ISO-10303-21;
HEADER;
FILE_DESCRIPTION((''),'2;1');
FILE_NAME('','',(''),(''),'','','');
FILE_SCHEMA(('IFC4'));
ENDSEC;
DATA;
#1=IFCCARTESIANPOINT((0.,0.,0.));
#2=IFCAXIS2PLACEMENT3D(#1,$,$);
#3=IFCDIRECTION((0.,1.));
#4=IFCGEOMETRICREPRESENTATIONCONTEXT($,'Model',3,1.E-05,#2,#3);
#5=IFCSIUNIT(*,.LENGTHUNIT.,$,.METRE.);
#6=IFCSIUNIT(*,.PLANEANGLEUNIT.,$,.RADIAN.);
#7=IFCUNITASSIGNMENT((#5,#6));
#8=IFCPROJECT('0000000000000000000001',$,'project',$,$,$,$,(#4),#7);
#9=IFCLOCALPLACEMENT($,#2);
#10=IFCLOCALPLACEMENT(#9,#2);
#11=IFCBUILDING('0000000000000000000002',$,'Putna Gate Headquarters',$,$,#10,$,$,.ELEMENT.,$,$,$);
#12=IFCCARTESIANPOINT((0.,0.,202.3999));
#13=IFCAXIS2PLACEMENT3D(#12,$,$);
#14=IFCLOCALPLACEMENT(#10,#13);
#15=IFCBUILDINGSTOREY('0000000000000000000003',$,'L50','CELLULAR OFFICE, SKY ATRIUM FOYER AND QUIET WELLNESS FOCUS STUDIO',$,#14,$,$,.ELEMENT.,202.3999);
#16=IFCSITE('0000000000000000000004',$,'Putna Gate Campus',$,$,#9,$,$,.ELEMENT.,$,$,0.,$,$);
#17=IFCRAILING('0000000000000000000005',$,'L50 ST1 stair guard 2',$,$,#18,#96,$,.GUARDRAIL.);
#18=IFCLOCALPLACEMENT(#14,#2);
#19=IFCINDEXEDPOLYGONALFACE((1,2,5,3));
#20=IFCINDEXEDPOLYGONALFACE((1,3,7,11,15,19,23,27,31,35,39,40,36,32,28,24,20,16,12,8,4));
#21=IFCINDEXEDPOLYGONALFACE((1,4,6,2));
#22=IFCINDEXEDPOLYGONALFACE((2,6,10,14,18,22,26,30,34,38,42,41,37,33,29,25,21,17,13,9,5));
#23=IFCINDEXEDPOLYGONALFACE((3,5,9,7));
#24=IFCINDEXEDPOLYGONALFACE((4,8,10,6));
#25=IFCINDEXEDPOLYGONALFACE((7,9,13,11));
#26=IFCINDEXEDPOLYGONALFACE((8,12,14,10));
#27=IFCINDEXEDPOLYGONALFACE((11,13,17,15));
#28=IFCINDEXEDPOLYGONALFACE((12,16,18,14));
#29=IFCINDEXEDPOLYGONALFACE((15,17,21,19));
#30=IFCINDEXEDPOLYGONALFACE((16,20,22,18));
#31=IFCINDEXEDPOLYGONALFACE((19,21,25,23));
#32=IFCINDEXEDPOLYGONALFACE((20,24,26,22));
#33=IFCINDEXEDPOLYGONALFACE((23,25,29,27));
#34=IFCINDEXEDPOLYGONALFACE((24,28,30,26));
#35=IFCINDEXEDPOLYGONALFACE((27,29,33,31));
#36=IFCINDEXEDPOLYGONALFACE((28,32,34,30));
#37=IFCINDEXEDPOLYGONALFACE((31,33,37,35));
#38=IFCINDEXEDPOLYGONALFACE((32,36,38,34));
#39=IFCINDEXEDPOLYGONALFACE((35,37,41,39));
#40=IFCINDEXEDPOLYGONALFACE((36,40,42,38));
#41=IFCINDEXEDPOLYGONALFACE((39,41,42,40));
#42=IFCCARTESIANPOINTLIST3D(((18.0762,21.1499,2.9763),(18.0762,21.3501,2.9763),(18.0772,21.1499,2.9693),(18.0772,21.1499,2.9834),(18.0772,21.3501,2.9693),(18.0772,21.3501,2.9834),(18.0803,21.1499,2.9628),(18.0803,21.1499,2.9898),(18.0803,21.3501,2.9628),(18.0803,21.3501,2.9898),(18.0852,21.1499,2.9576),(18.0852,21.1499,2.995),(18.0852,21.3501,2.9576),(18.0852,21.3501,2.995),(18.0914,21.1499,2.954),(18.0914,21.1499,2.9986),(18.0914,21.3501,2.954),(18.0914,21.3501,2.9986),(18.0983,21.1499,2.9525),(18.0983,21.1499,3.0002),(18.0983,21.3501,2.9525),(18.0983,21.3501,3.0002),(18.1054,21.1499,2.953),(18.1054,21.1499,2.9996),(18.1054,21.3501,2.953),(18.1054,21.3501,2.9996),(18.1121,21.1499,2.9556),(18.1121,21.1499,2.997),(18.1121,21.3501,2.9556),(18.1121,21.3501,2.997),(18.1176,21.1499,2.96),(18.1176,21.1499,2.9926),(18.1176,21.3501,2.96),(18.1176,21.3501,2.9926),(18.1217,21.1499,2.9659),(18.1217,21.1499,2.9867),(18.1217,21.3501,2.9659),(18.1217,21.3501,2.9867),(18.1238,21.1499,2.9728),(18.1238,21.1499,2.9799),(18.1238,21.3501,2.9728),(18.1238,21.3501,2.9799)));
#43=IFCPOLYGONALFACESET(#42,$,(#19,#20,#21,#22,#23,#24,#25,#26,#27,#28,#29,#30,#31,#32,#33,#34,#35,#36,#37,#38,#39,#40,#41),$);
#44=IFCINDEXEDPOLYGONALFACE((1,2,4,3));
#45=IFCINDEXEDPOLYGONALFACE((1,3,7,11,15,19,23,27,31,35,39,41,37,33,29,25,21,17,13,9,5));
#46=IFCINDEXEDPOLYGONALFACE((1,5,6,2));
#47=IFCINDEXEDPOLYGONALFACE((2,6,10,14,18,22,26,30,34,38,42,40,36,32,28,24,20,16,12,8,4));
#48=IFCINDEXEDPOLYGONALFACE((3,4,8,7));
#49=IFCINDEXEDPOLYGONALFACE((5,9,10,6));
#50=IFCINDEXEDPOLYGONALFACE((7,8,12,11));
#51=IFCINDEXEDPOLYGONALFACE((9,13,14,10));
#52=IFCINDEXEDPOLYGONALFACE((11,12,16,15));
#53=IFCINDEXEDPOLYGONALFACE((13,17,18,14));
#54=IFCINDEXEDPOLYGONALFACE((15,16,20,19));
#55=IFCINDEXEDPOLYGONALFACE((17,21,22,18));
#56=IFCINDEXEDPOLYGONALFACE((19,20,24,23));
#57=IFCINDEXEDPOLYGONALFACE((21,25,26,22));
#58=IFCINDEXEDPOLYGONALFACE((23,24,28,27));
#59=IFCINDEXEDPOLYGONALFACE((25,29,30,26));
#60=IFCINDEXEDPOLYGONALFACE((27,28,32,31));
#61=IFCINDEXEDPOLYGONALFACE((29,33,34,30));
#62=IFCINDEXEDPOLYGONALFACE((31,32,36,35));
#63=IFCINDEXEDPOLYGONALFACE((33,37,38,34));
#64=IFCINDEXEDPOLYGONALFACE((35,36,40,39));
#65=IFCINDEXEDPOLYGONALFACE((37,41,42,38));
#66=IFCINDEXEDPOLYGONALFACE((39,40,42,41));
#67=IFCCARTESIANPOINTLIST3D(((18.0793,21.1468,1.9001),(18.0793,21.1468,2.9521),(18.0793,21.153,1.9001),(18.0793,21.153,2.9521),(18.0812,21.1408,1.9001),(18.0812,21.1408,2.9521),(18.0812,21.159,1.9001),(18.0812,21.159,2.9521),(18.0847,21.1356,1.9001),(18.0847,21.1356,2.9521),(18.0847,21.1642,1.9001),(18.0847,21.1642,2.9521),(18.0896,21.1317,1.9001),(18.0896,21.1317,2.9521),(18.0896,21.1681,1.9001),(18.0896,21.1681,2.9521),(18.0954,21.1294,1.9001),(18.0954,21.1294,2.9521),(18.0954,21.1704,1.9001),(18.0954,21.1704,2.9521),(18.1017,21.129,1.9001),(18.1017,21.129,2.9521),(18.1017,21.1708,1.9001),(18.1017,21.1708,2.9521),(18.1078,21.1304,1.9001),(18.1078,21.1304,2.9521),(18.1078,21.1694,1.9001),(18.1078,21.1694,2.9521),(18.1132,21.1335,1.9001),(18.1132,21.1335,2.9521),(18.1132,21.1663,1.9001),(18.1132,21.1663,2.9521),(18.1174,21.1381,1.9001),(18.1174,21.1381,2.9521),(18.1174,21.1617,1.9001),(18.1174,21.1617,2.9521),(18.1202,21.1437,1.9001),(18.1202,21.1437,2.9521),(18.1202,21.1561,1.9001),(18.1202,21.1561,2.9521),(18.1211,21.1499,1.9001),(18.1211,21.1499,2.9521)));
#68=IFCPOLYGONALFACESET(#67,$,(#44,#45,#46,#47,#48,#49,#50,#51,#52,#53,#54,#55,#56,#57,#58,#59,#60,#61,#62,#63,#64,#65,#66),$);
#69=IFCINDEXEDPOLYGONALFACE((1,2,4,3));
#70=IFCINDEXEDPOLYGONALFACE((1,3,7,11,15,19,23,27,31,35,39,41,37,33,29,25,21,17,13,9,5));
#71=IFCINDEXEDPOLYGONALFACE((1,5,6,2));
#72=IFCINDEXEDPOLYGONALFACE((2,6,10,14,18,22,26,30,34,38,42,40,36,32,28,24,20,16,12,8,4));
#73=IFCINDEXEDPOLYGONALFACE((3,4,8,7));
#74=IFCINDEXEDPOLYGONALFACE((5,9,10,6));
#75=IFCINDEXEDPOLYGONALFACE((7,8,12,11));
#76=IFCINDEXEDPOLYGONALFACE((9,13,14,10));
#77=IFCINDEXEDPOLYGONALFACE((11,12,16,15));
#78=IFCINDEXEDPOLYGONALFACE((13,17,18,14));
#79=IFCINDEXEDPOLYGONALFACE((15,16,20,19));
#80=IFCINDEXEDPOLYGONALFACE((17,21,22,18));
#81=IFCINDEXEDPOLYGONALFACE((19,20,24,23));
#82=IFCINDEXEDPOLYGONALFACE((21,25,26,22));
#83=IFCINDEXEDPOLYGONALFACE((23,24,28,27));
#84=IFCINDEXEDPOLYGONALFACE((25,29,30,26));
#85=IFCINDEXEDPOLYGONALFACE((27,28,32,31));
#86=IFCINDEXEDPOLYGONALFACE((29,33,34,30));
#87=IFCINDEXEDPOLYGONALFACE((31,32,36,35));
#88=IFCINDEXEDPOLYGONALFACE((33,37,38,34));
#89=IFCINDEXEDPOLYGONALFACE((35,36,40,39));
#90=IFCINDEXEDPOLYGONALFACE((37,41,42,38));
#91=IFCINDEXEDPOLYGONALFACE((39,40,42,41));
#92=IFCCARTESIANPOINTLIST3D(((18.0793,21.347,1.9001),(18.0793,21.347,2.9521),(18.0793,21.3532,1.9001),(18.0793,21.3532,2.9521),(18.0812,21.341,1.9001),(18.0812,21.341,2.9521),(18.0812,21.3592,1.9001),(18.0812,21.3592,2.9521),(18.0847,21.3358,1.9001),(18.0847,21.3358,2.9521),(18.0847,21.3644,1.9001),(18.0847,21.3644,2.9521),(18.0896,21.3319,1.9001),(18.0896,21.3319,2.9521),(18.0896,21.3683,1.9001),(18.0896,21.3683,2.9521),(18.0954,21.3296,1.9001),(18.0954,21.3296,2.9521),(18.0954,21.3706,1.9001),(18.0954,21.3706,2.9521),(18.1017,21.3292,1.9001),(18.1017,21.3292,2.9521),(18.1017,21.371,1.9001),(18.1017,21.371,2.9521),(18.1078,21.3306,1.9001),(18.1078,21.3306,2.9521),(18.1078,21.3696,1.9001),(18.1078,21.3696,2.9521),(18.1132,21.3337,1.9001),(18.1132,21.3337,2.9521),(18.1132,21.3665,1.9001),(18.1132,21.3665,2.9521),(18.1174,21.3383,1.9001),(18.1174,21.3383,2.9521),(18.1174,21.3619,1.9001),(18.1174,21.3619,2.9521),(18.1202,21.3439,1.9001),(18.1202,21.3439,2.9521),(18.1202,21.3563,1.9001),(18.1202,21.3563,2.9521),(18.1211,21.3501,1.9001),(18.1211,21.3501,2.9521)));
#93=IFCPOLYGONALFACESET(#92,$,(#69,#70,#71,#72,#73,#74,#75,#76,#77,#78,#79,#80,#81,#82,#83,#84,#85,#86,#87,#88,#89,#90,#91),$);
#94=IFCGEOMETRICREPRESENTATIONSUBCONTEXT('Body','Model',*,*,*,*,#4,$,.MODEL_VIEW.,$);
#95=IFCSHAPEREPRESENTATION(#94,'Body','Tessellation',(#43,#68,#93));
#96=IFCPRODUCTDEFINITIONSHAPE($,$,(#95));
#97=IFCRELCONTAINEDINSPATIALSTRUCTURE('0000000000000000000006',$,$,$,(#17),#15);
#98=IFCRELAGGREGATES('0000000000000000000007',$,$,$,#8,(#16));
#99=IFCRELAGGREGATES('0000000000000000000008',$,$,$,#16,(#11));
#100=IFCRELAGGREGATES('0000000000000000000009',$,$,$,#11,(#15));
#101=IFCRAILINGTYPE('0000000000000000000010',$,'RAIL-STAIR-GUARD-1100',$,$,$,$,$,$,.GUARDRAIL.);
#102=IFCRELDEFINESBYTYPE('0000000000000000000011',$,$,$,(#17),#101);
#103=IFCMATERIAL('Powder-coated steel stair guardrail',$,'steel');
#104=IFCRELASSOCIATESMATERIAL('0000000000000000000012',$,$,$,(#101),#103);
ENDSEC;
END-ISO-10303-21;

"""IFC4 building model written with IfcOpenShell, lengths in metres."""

from ifc_helpers import new_model, si_unit, direction, frame, origin, origin_2d, place, context, subcontext, project, spatial, circle, extrude, material, type_object, element, save


model = new_model("IFC4")

# Units and contexts
model_context = context("Model", 3, precision=1e-05, world=origin(), true_north=direction((0.0, 1.0)))
body_context = subcontext(model_context, "Body", "Model", "MODEL_VIEW")
ifc_project = project(units=[si_unit("LENGTHUNIT", "METRE"), si_unit("PLANEANGLEUNIT", "RADIAN")], contexts=[model_context])

# Site, building, storey
site_placement = place(None, origin())
site = spatial("IfcSite", under=ifc_project, at=site_placement, Name="Putna Gate Campus", CompositionType="ELEMENT", RefElevation=0.0)
building_placement = place(site_placement, origin())
building = spatial("IfcBuilding", under=site, at=building_placement, Name="Putna Gate Headquarters", CompositionType="ELEMENT")
storey_placement = place(building_placement, frame((0.0, 0.0, 202.3999)))
storey = spatial("IfcBuildingStorey", under=building, at=storey_placement, Name="L50", Description="CELLULAR OFFICE, SKY ATRIUM FOYER AND QUIET WELLNESS FOCUS STUDIO", CompositionType="ELEMENT", Elevation=202.3999)

# Railing
ifc_material_1 = material(Name="Powder-coated steel stair guardrail", Category="steel")
railing_type_1 = type_object("IfcRailingType", Name="RAIL-STAIR-GUARD-1100", PredefinedType="GUARDRAIL", material=ifc_material_1)
railing_1_placement = place(storey_placement, frame((18.1001, 21.1499, 1.9001)))
element("IfcRailing", 1, at=railing_1_placement, inside=storey, type_object=railing_type_1, Name="L50 ST1 stair guard 2", PredefinedType="GUARDRAIL", context=body_context, shape_type="SweptSolid", body=[
    extrude(circle(Radius=0.0239, at=origin_2d()), frame((0.0, 0.0, 1.0762), z_axis=(0.0, 1.0, 0.0), x_axis=(-1.0, 0.0, 0.0)), (0.0, 0.0, 1.0), 0.2002),
    extrude(circle(Radius=0.021, at=origin_2d()), origin(), (0.0, 0.0, 1.0), 1.052),
    extrude(circle(Radius=0.021, at=origin_2d()), frame((0.0, 0.2002, 0.0)), (0.0, 0.0, 1.0), 1.052),
])

save(model, "model.ifc")
